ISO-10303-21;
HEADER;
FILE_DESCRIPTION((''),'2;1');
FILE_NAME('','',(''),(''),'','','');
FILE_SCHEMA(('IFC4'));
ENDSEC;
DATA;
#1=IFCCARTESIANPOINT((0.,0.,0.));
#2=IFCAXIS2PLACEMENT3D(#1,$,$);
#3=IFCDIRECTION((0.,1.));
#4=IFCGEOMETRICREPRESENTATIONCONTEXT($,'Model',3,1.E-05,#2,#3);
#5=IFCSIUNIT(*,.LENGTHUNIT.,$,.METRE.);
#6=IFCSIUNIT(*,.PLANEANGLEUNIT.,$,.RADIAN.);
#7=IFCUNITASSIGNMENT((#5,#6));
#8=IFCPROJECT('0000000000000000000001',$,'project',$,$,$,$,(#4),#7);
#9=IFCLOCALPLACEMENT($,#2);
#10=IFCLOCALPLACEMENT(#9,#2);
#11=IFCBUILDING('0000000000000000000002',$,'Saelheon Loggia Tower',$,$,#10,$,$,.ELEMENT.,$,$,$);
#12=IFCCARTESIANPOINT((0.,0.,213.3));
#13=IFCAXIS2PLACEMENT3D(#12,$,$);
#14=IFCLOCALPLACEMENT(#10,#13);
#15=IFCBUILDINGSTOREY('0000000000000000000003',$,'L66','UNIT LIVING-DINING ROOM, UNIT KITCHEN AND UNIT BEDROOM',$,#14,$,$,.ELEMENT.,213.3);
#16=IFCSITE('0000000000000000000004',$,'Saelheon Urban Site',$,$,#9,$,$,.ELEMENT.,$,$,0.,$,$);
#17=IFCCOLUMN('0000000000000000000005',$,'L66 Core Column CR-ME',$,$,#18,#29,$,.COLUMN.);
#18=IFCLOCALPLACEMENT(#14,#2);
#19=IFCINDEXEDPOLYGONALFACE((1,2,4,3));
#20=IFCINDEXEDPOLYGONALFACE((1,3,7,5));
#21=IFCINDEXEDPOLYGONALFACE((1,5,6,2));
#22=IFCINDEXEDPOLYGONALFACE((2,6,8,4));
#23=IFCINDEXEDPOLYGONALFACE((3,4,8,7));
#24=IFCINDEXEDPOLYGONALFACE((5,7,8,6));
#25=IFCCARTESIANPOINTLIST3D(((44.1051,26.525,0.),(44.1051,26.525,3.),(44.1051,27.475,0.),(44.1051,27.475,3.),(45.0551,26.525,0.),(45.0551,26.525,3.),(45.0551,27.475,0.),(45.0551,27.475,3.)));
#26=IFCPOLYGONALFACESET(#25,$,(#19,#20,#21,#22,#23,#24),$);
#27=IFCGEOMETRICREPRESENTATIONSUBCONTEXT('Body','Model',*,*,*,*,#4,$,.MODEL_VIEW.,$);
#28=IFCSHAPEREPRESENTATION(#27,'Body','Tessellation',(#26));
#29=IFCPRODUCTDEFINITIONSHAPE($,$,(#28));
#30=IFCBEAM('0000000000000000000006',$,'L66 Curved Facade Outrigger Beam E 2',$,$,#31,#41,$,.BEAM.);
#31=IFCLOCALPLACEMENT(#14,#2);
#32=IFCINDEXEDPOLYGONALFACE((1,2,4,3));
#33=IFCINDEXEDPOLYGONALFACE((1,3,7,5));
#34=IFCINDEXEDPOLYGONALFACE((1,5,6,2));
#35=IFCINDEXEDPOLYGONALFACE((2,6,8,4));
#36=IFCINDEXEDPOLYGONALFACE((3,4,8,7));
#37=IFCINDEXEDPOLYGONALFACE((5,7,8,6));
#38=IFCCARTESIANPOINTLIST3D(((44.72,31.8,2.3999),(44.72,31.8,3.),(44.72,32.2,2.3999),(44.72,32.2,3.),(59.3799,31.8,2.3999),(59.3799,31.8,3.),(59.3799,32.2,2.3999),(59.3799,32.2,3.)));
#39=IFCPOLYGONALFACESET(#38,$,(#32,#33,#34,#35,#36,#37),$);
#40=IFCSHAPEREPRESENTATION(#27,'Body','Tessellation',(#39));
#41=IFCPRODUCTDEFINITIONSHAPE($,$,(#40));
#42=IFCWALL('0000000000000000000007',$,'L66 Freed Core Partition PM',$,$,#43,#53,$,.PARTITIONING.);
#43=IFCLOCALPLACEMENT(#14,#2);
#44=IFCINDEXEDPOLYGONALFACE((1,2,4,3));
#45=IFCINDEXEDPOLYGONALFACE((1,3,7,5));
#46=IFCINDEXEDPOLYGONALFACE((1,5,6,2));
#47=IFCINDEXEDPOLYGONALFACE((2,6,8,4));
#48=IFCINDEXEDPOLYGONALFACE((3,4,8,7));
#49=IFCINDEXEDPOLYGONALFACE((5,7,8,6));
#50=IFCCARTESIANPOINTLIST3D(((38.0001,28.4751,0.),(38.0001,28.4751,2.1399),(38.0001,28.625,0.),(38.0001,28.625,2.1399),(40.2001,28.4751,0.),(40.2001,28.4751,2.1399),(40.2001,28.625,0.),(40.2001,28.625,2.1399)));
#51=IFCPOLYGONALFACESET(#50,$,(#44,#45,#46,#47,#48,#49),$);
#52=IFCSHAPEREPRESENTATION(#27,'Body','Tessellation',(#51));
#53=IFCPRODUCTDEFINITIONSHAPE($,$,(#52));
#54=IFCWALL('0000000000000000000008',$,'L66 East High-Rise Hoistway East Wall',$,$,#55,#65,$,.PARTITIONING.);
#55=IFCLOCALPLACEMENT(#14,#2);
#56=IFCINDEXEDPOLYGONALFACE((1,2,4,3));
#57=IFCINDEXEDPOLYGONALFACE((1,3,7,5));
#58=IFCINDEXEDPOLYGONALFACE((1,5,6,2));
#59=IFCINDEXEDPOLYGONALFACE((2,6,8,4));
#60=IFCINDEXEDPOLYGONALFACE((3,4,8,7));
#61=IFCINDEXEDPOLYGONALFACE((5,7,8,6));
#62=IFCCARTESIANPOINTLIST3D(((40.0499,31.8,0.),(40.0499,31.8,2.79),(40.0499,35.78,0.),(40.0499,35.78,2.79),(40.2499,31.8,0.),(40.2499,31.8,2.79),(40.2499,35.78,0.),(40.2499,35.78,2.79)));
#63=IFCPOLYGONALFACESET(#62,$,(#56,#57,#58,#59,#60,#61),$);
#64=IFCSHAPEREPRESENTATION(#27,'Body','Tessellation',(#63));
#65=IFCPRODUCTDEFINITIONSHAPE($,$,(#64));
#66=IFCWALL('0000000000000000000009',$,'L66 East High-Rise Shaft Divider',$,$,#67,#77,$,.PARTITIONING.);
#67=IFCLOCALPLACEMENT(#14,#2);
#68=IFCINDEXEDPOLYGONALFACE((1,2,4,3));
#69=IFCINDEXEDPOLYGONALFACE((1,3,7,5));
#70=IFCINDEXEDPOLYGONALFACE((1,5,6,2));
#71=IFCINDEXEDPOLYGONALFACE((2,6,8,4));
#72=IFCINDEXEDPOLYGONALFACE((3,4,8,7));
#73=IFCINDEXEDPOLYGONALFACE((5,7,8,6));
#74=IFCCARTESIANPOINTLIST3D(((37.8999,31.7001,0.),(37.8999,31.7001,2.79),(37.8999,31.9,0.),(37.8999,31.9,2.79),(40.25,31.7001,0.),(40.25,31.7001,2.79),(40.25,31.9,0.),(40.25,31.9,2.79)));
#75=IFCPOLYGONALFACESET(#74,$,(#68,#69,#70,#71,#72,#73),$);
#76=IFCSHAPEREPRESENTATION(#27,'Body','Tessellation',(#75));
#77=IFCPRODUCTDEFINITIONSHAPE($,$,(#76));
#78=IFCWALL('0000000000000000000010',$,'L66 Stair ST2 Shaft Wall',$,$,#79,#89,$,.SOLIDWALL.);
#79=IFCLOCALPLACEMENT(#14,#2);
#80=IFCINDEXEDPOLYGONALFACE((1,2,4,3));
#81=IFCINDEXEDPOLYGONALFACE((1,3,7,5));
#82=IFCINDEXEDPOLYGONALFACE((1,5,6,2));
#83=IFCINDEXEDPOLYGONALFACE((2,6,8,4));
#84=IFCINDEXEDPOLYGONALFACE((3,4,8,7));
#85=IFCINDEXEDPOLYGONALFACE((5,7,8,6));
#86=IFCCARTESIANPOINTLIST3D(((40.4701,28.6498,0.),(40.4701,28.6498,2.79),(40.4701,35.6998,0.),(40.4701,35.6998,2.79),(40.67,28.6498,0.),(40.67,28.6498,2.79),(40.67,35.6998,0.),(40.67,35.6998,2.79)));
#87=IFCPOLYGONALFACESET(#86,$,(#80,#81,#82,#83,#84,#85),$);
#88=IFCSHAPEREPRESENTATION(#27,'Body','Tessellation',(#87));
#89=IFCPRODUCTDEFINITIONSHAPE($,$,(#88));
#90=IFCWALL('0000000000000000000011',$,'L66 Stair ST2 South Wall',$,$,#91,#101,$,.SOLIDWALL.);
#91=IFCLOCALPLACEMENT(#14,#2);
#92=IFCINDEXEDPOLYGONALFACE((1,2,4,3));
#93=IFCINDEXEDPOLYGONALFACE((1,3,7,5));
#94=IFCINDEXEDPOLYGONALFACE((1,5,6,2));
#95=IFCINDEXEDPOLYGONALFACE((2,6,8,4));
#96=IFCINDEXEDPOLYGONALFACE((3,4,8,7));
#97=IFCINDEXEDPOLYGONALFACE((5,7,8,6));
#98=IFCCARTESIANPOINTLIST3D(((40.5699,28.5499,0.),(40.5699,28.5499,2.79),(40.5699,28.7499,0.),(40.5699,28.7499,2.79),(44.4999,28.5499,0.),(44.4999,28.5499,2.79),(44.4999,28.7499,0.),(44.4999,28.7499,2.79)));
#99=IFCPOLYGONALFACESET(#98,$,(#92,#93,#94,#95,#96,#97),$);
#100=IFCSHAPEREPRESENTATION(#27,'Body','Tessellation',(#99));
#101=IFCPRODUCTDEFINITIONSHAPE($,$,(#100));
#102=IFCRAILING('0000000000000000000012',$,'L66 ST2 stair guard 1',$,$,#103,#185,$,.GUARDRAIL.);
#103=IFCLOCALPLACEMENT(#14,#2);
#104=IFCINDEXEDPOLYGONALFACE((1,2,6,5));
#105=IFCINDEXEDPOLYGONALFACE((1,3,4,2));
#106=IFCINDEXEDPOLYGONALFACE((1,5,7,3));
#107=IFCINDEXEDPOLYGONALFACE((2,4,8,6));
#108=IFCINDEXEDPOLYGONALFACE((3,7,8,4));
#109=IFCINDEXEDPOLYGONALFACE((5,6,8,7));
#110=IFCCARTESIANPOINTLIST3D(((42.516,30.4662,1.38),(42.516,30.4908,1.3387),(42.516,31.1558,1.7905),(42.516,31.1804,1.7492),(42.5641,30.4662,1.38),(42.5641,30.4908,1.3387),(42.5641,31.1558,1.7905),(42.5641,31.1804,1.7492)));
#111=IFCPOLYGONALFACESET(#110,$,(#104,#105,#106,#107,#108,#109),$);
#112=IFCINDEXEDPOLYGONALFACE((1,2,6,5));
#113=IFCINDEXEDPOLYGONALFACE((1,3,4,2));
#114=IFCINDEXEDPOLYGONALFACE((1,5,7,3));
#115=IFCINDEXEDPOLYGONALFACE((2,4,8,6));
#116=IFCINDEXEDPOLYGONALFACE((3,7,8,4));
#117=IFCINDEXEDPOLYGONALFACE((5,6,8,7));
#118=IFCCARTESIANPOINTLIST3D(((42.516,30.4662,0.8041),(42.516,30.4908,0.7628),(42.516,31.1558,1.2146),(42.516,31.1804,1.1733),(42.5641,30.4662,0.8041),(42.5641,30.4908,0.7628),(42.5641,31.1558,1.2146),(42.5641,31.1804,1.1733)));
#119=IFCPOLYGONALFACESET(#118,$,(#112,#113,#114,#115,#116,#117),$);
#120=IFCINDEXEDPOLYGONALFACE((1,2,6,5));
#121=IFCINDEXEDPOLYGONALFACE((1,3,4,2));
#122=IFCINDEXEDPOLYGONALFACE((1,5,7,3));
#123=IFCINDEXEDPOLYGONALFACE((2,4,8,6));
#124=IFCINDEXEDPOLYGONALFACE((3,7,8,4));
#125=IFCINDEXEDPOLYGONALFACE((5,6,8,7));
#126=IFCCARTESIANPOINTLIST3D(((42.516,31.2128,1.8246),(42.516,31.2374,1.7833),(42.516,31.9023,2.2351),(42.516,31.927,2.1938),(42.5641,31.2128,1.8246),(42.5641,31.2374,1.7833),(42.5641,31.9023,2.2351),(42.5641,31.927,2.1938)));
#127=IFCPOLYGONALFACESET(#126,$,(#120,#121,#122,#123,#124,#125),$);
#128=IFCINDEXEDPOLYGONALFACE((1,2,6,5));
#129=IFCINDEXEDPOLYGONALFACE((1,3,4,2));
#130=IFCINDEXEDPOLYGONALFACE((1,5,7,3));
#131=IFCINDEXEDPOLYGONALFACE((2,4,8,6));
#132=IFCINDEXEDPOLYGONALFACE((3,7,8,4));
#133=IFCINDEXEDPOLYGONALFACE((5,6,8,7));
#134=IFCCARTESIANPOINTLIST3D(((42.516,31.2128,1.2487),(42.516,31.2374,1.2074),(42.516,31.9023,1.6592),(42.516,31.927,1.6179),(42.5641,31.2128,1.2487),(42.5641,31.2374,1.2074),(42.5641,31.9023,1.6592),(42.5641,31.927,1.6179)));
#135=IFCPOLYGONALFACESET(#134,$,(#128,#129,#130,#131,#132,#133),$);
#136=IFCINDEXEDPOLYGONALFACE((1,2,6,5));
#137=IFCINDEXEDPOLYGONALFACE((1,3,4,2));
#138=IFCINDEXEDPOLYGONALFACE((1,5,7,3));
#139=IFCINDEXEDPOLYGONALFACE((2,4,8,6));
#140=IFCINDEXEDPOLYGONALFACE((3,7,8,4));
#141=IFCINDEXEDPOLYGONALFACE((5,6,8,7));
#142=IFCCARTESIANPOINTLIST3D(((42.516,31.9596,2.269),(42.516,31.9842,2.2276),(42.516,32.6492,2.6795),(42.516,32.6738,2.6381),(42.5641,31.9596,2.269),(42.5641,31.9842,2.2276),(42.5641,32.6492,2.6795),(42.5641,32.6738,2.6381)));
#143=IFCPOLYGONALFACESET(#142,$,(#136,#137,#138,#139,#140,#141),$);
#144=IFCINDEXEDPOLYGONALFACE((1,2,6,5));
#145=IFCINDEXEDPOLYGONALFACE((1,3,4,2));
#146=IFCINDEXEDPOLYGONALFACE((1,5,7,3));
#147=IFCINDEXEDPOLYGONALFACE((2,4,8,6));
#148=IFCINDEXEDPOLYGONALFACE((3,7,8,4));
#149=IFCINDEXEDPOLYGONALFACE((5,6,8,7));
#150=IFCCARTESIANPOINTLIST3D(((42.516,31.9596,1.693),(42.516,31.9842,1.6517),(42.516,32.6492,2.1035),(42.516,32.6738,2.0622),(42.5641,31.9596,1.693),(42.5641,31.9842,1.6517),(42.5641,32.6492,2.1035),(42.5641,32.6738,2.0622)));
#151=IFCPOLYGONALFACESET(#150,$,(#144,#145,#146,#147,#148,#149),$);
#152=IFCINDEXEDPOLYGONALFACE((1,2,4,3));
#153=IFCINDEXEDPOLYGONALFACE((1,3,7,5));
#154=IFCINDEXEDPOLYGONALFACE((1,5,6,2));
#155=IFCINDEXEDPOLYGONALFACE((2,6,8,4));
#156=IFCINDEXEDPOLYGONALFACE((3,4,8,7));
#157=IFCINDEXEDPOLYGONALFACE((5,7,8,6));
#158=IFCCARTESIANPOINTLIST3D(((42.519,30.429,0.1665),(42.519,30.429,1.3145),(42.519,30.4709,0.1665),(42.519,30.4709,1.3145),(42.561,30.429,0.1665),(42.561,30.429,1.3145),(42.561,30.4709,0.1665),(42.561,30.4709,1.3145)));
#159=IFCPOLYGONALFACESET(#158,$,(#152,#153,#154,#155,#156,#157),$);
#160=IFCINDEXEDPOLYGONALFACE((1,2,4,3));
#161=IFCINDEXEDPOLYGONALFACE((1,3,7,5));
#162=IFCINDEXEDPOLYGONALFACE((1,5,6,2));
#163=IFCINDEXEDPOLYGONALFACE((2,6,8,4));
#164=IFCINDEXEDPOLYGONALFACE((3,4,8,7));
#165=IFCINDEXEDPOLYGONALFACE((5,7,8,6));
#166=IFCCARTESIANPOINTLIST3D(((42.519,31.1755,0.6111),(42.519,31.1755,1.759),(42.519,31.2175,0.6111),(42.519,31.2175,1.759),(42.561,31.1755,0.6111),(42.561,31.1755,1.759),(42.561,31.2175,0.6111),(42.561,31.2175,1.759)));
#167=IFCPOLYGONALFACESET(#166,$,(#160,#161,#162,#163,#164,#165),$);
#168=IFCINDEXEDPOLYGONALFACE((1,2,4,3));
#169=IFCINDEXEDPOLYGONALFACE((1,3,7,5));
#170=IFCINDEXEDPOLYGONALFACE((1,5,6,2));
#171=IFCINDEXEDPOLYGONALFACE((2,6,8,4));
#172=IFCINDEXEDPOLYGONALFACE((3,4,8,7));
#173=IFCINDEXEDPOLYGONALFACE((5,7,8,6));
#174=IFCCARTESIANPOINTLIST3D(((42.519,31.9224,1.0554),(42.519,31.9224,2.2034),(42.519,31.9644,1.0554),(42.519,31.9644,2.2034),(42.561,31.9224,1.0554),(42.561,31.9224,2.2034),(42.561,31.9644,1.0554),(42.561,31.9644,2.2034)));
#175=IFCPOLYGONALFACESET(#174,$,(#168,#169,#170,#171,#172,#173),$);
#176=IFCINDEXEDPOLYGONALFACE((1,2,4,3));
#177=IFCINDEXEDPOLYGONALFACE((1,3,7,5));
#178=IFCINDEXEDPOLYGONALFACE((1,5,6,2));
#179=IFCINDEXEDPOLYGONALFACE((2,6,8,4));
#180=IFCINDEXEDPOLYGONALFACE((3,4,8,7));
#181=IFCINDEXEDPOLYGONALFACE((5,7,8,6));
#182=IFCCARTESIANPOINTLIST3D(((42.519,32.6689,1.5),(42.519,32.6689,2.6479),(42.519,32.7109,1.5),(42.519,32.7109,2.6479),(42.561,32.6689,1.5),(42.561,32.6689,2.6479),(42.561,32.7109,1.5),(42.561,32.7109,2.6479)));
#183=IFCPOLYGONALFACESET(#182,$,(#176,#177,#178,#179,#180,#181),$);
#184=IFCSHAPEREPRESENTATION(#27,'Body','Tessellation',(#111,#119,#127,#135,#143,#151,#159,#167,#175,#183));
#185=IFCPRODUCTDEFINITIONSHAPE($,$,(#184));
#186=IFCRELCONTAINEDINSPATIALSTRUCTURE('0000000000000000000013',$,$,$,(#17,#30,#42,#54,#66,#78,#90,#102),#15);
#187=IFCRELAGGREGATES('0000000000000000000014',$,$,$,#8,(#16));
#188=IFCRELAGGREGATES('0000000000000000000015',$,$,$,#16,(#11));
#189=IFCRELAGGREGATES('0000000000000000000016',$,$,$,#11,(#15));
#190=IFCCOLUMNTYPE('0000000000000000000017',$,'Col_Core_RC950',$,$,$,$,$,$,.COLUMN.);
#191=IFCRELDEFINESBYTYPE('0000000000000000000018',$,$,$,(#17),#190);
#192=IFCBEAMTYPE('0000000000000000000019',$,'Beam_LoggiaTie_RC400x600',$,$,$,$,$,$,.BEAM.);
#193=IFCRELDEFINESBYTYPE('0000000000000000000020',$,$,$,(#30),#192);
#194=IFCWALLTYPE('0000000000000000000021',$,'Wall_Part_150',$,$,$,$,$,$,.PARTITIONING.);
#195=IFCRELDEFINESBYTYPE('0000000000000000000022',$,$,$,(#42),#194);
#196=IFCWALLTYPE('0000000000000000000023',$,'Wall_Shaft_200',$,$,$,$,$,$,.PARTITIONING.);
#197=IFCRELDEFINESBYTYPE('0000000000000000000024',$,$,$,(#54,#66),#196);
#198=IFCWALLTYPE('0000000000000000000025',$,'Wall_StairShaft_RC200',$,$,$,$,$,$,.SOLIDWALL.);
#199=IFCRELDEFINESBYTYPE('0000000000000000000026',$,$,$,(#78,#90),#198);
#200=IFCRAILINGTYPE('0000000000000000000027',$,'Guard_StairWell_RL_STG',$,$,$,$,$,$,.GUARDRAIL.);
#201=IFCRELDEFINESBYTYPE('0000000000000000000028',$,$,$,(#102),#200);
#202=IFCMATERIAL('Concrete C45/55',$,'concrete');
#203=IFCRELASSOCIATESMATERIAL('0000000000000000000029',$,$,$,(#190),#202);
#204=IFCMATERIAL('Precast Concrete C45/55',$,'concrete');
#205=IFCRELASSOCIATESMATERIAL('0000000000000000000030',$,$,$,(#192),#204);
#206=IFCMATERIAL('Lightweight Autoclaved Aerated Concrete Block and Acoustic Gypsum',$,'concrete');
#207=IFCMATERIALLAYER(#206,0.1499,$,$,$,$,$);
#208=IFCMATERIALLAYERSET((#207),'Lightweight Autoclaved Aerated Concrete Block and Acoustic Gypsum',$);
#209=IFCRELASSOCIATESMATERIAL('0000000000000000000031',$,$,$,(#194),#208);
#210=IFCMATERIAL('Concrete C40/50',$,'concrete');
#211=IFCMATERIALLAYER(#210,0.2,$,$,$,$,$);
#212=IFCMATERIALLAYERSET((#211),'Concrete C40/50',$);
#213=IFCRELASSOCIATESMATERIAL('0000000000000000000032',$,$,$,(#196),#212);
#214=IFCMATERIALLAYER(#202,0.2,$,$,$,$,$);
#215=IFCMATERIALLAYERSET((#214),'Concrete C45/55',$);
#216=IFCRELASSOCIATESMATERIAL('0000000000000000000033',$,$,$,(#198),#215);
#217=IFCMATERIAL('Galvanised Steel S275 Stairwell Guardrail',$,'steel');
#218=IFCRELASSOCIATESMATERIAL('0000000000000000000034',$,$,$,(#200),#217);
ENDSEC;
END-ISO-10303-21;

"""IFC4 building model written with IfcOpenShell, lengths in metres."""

from ifc_helpers import new_model, si_unit, direction, frame, frame_2d, origin, origin_2d, place, context, subcontext, project, spatial, rectangle, extrude, source, transform, mapped, material, layer, layer_set, material_profile, profile_set, type_object, element, save


model = new_model("IFC4")

# Units and contexts
model_context = context("Model", 3, precision=1e-05, world=origin(), true_north=direction((0.0, 1.0)))
body_context = subcontext(model_context, "Body", "Model", "MODEL_VIEW")
ifc_project = project(units=[si_unit("LENGTHUNIT", "METRE"), si_unit("PLANEANGLEUNIT", "RADIAN")], contexts=[model_context])

# Site, building, storey
site_placement = place(None, origin())
site = spatial("IfcSite", under=ifc_project, at=site_placement, Name="Saelheon Urban Site", CompositionType="ELEMENT", RefElevation=0.0)
building_placement = place(site_placement, origin())
building = spatial("IfcBuilding", under=site, at=building_placement, Name="Saelheon Loggia Tower", CompositionType="ELEMENT")
storey_placement = place(building_placement, frame((0.0, 0.0, 213.3)))
storey = spatial("IfcBuildingStorey", under=building, at=storey_placement, Name="L66", Description="UNIT LIVING-DINING ROOM, UNIT KITCHEN AND UNIT BEDROOM", CompositionType="ELEMENT", Elevation=213.3)

# Column
ifc_material_1 = material(Name="Concrete C45/55", Category="concrete")
ifc_material_profile_1 = material_profile(ifc_material_1, rectangle(XDim=0.95, YDim=0.95, at=origin_2d()), Name="RC-950x950")
ifc_profile_set_1 = profile_set([ifc_material_profile_1], Name="Concrete C45/55")
column_type = type_object("IfcColumnType", Name="Col_Core_RC950", PredefinedType="COLUMN", material=ifc_profile_set_1)
shared_shape_1 = source(origin(), body_context, "Body", "SweptSolid", [
    extrude(rectangle(XDim=0.95, YDim=0.95, at=origin_2d()), origin(), (0.0, 0.0, 1.0), 3.0),
])
column_placement = place(storey_placement, frame((44.5801, 27.0, 0.0), z_axis=(0.0, 0.0, 1.0), x_axis=(1.0, 0.0, 0.0)))
element("IfcColumn", 1, at=column_placement, inside=storey, type_object=column_type, Name="L66 Core Column CR-ME", PredefinedType="COLUMN", context=body_context, shape_type="MappedRepresentation", body=[
    mapped(shared_shape_1, transform((0.0, 0.0, 0.0), scale=1.0)),
])

# Beam
ifc_material_2 = material(Name="Precast Concrete C45/55", Category="concrete")
ifc_material_profile_2 = material_profile(ifc_material_2, rectangle(XDim=0.3999, YDim=0.6001, at=origin_2d()), Name="RC-400x600")
ifc_profile_set_2 = profile_set([ifc_material_profile_2], Name="Precast Concrete C45/55")
beam_type = type_object("IfcBeamType", Name="Beam_LoggiaTie_RC400x600", PredefinedType="BEAM", material=ifc_profile_set_2)
shared_shape_2 = source(origin(), body_context, "Body", "SweptSolid", [
    extrude(rectangle(XDim=0.3999, YDim=0.6001, at=origin_2d()), origin(), (0.0, 0.0, 1.0), 14.6599),
])
beam_placement = place(storey_placement, frame((44.72, 32.0, 2.7), z_axis=(1.0, 0.0, 0.0), x_axis=(0.0, 1.0, 0.0)))
element("IfcBeam", 2, at=beam_placement, inside=storey, type_object=beam_type, Name="L66 Curved Facade Outrigger Beam E 2", PredefinedType="BEAM", context=body_context, shape_type="MappedRepresentation", body=[
    mapped(shared_shape_2, transform((0.0, 0.0, 0.0), scale=1.0)),
])

# Walls
ifc_material_3 = material(Name="Lightweight Autoclaved Aerated Concrete Block and Acoustic Gypsum", Category="concrete")
ifc_layer_1 = layer(ifc_material_3, 0.1499)
ifc_layer_set_1 = layer_set([ifc_layer_1], Name="Lightweight Autoclaved Aerated Concrete Block and Acoustic Gypsum")
wall_type_1 = type_object("IfcWallType", Name="Wall_Part_150", PredefinedType="PARTITIONING", material=ifc_layer_set_1)
wall_1_placement = place(storey_placement, frame((38.0, 28.55, 0.0), z_axis=(0.0, 0.0, 1.0), x_axis=(1.0, 0.0, 0.0)))
element("IfcWall", 3, at=wall_1_placement, inside=storey, type_object=wall_type_1, Name="L66 Freed Core Partition PM", PredefinedType="PARTITIONING", context=body_context, shape_type="SweptSolid", body=[
    extrude(rectangle(XDim=2.2, YDim=0.1499, at=frame_2d((1.1001, 0.0))), origin(), (0.0, 0.0, 1.0), 2.1399),
])
ifc_material_4 = material(Name="Concrete C40/50", Category="concrete")
ifc_layer_2 = layer(ifc_material_4, 0.2)
ifc_layer_set_2 = layer_set([ifc_layer_2], Name="Concrete C40/50")
wall_type_2 = type_object("IfcWallType", Name="Wall_Shaft_200", PredefinedType="PARTITIONING", material=ifc_layer_set_2)
wall_2_placement = place(storey_placement, frame((40.1499, 31.8, 0.0), z_axis=(0.0, 0.0, 1.0), x_axis=(0.0, 1.0, 0.0)))
element("IfcWall", 4, at=wall_2_placement, inside=storey, type_object=wall_type_2, Name="L66 East High-Rise Hoistway East Wall", PredefinedType="PARTITIONING", context=body_context, shape_type="SweptSolid", body=[
    extrude(rectangle(XDim=3.98, YDim=0.2, at=frame_2d((1.99, 0.0))), origin(), (0.0, 0.0, 1.0), 2.79),
])
wall_3_placement = place(storey_placement, frame((37.8999, 31.8, 0.0), z_axis=(0.0, 0.0, 1.0), x_axis=(1.0, 0.0, 0.0)))
element("IfcWall", 5, at=wall_3_placement, inside=storey, type_object=wall_type_2, Name="L66 East High-Rise Shaft Divider", PredefinedType="PARTITIONING", context=body_context, shape_type="SweptSolid", body=[
    extrude(rectangle(XDim=2.3501, YDim=0.2, at=frame_2d((1.175, 0.0))), origin(), (0.0, 0.0, 1.0), 2.79),
])
ifc_layer_3 = layer(ifc_material_1, 0.2)
ifc_layer_set_3 = layer_set([ifc_layer_3], Name="Concrete C45/55")
wall_type_3 = type_object("IfcWallType", Name="Wall_StairShaft_RC200", PredefinedType="SOLIDWALL", material=ifc_layer_set_3)
wall_4_placement = place(storey_placement, frame((40.5701, 28.6499, 0.0), z_axis=(0.0, 0.0, 1.0), x_axis=(0.0, 1.0, 0.0)))
element("IfcWall", 6, at=wall_4_placement, inside=storey, type_object=wall_type_3, Name="L66 Stair ST2 Shaft Wall", PredefinedType="SOLIDWALL", context=body_context, shape_type="SweptSolid", body=[
    extrude(rectangle(XDim=7.05, YDim=0.2, at=frame_2d((3.5249, 0.0))), origin(), (0.0, 0.0, 1.0), 2.79),
])
wall_5_placement = place(storey_placement, frame((40.5701, 28.6499, 0.0), z_axis=(0.0, 0.0, 1.0), x_axis=(1.0, 0.0, 0.0)))
element("IfcWall", 7, at=wall_5_placement, inside=storey, type_object=wall_type_3, Name="L66 Stair ST2 South Wall", PredefinedType="SOLIDWALL", context=body_context, shape_type="SweptSolid", body=[
    extrude(rectangle(XDim=3.9299, YDim=0.2, at=frame_2d((1.9648, 0.0))), origin(), (0.0, 0.0, 1.0), 2.79),
])

# Railing
ifc_material_5 = material(Name="Galvanised Steel S275 Stairwell Guardrail", Category="steel")
railing_type_1 = type_object("IfcRailingType", Name="Guard_StairWell_RL_STG", PredefinedType="GUARDRAIL", material=ifc_material_5)
railing_1_placement = place(storey_placement, frame((42.54, 30.45, 0.1665)))
element("IfcRailing", 8, at=railing_1_placement, inside=storey, type_object=railing_type_1, Name="L66 ST2 stair guard 1", PredefinedType="GUARDRAIL", context=body_context, shape_type="SweptSolid", body=[
    extrude(rectangle(XDim=0.0481, YDim=0.0481, at=origin_2d()), frame((0.0, 0.0286, 1.1929), z_axis=(0.0, 0.859264, 0.511532), x_axis=(-1.0, 0.0, 0.0)), (0.0, 0.0, 1.0), 0.8025),
    extrude(rectangle(XDim=0.0481, YDim=0.0481, at=origin_2d()), frame((0.0, 0.0286, 0.6169), z_axis=(0.0, 0.859264, 0.511532), x_axis=(-1.0, 0.0, 0.0)), (0.0, 0.0, 1.0), 0.8025),
    extrude(rectangle(XDim=0.0481, YDim=0.0481, at=origin_2d()), frame((0.0, 0.7751, 1.6375), z_axis=(0.0, 0.859264, 0.511532), x_axis=(-1.0, 0.0, 0.0)), (0.0, 0.0, 1.0), 0.8025),
    extrude(rectangle(XDim=0.0481, YDim=0.0481, at=origin_2d()), frame((0.0, 0.7751, 1.0615), z_axis=(0.0, 0.859264, 0.511532), x_axis=(-1.0, 0.0, 0.0)), (0.0, 0.0, 1.0), 0.8025),
    extrude(rectangle(XDim=0.0481, YDim=0.0481, at=origin_2d()), frame((0.0, 1.522, 2.0818), z_axis=(0.0, 0.859264, 0.511532), x_axis=(-1.0, 0.0, 0.0)), (0.0, 0.0, 1.0), 0.8025),
    extrude(rectangle(XDim=0.0481, YDim=0.0481, at=origin_2d()), frame((0.0, 1.522, 1.5059), z_axis=(0.0, 0.859264, 0.511532), x_axis=(-1.0, 0.0, 0.0)), (0.0, 0.0, 1.0), 0.8025),
    extrude(rectangle(XDim=0.042, YDim=0.042, at=origin_2d()), origin(), (0.0, 0.0, 1.0), 1.1479),
    extrude(rectangle(XDim=0.042, YDim=0.042, at=origin_2d()), frame((0.0, 0.7466, 0.4446)), (0.0, 0.0, 1.0), 1.1479),
    extrude(rectangle(XDim=0.042, YDim=0.042, at=origin_2d()), frame((0.0, 1.4934, 0.8889)), (0.0, 0.0, 1.0), 1.1479),
    extrude(rectangle(XDim=0.042, YDim=0.042, at=origin_2d()), frame((0.0, 2.24, 1.3335)), (0.0, 0.0, 1.0), 1.1479),
])

save(model, "model.ifc")
